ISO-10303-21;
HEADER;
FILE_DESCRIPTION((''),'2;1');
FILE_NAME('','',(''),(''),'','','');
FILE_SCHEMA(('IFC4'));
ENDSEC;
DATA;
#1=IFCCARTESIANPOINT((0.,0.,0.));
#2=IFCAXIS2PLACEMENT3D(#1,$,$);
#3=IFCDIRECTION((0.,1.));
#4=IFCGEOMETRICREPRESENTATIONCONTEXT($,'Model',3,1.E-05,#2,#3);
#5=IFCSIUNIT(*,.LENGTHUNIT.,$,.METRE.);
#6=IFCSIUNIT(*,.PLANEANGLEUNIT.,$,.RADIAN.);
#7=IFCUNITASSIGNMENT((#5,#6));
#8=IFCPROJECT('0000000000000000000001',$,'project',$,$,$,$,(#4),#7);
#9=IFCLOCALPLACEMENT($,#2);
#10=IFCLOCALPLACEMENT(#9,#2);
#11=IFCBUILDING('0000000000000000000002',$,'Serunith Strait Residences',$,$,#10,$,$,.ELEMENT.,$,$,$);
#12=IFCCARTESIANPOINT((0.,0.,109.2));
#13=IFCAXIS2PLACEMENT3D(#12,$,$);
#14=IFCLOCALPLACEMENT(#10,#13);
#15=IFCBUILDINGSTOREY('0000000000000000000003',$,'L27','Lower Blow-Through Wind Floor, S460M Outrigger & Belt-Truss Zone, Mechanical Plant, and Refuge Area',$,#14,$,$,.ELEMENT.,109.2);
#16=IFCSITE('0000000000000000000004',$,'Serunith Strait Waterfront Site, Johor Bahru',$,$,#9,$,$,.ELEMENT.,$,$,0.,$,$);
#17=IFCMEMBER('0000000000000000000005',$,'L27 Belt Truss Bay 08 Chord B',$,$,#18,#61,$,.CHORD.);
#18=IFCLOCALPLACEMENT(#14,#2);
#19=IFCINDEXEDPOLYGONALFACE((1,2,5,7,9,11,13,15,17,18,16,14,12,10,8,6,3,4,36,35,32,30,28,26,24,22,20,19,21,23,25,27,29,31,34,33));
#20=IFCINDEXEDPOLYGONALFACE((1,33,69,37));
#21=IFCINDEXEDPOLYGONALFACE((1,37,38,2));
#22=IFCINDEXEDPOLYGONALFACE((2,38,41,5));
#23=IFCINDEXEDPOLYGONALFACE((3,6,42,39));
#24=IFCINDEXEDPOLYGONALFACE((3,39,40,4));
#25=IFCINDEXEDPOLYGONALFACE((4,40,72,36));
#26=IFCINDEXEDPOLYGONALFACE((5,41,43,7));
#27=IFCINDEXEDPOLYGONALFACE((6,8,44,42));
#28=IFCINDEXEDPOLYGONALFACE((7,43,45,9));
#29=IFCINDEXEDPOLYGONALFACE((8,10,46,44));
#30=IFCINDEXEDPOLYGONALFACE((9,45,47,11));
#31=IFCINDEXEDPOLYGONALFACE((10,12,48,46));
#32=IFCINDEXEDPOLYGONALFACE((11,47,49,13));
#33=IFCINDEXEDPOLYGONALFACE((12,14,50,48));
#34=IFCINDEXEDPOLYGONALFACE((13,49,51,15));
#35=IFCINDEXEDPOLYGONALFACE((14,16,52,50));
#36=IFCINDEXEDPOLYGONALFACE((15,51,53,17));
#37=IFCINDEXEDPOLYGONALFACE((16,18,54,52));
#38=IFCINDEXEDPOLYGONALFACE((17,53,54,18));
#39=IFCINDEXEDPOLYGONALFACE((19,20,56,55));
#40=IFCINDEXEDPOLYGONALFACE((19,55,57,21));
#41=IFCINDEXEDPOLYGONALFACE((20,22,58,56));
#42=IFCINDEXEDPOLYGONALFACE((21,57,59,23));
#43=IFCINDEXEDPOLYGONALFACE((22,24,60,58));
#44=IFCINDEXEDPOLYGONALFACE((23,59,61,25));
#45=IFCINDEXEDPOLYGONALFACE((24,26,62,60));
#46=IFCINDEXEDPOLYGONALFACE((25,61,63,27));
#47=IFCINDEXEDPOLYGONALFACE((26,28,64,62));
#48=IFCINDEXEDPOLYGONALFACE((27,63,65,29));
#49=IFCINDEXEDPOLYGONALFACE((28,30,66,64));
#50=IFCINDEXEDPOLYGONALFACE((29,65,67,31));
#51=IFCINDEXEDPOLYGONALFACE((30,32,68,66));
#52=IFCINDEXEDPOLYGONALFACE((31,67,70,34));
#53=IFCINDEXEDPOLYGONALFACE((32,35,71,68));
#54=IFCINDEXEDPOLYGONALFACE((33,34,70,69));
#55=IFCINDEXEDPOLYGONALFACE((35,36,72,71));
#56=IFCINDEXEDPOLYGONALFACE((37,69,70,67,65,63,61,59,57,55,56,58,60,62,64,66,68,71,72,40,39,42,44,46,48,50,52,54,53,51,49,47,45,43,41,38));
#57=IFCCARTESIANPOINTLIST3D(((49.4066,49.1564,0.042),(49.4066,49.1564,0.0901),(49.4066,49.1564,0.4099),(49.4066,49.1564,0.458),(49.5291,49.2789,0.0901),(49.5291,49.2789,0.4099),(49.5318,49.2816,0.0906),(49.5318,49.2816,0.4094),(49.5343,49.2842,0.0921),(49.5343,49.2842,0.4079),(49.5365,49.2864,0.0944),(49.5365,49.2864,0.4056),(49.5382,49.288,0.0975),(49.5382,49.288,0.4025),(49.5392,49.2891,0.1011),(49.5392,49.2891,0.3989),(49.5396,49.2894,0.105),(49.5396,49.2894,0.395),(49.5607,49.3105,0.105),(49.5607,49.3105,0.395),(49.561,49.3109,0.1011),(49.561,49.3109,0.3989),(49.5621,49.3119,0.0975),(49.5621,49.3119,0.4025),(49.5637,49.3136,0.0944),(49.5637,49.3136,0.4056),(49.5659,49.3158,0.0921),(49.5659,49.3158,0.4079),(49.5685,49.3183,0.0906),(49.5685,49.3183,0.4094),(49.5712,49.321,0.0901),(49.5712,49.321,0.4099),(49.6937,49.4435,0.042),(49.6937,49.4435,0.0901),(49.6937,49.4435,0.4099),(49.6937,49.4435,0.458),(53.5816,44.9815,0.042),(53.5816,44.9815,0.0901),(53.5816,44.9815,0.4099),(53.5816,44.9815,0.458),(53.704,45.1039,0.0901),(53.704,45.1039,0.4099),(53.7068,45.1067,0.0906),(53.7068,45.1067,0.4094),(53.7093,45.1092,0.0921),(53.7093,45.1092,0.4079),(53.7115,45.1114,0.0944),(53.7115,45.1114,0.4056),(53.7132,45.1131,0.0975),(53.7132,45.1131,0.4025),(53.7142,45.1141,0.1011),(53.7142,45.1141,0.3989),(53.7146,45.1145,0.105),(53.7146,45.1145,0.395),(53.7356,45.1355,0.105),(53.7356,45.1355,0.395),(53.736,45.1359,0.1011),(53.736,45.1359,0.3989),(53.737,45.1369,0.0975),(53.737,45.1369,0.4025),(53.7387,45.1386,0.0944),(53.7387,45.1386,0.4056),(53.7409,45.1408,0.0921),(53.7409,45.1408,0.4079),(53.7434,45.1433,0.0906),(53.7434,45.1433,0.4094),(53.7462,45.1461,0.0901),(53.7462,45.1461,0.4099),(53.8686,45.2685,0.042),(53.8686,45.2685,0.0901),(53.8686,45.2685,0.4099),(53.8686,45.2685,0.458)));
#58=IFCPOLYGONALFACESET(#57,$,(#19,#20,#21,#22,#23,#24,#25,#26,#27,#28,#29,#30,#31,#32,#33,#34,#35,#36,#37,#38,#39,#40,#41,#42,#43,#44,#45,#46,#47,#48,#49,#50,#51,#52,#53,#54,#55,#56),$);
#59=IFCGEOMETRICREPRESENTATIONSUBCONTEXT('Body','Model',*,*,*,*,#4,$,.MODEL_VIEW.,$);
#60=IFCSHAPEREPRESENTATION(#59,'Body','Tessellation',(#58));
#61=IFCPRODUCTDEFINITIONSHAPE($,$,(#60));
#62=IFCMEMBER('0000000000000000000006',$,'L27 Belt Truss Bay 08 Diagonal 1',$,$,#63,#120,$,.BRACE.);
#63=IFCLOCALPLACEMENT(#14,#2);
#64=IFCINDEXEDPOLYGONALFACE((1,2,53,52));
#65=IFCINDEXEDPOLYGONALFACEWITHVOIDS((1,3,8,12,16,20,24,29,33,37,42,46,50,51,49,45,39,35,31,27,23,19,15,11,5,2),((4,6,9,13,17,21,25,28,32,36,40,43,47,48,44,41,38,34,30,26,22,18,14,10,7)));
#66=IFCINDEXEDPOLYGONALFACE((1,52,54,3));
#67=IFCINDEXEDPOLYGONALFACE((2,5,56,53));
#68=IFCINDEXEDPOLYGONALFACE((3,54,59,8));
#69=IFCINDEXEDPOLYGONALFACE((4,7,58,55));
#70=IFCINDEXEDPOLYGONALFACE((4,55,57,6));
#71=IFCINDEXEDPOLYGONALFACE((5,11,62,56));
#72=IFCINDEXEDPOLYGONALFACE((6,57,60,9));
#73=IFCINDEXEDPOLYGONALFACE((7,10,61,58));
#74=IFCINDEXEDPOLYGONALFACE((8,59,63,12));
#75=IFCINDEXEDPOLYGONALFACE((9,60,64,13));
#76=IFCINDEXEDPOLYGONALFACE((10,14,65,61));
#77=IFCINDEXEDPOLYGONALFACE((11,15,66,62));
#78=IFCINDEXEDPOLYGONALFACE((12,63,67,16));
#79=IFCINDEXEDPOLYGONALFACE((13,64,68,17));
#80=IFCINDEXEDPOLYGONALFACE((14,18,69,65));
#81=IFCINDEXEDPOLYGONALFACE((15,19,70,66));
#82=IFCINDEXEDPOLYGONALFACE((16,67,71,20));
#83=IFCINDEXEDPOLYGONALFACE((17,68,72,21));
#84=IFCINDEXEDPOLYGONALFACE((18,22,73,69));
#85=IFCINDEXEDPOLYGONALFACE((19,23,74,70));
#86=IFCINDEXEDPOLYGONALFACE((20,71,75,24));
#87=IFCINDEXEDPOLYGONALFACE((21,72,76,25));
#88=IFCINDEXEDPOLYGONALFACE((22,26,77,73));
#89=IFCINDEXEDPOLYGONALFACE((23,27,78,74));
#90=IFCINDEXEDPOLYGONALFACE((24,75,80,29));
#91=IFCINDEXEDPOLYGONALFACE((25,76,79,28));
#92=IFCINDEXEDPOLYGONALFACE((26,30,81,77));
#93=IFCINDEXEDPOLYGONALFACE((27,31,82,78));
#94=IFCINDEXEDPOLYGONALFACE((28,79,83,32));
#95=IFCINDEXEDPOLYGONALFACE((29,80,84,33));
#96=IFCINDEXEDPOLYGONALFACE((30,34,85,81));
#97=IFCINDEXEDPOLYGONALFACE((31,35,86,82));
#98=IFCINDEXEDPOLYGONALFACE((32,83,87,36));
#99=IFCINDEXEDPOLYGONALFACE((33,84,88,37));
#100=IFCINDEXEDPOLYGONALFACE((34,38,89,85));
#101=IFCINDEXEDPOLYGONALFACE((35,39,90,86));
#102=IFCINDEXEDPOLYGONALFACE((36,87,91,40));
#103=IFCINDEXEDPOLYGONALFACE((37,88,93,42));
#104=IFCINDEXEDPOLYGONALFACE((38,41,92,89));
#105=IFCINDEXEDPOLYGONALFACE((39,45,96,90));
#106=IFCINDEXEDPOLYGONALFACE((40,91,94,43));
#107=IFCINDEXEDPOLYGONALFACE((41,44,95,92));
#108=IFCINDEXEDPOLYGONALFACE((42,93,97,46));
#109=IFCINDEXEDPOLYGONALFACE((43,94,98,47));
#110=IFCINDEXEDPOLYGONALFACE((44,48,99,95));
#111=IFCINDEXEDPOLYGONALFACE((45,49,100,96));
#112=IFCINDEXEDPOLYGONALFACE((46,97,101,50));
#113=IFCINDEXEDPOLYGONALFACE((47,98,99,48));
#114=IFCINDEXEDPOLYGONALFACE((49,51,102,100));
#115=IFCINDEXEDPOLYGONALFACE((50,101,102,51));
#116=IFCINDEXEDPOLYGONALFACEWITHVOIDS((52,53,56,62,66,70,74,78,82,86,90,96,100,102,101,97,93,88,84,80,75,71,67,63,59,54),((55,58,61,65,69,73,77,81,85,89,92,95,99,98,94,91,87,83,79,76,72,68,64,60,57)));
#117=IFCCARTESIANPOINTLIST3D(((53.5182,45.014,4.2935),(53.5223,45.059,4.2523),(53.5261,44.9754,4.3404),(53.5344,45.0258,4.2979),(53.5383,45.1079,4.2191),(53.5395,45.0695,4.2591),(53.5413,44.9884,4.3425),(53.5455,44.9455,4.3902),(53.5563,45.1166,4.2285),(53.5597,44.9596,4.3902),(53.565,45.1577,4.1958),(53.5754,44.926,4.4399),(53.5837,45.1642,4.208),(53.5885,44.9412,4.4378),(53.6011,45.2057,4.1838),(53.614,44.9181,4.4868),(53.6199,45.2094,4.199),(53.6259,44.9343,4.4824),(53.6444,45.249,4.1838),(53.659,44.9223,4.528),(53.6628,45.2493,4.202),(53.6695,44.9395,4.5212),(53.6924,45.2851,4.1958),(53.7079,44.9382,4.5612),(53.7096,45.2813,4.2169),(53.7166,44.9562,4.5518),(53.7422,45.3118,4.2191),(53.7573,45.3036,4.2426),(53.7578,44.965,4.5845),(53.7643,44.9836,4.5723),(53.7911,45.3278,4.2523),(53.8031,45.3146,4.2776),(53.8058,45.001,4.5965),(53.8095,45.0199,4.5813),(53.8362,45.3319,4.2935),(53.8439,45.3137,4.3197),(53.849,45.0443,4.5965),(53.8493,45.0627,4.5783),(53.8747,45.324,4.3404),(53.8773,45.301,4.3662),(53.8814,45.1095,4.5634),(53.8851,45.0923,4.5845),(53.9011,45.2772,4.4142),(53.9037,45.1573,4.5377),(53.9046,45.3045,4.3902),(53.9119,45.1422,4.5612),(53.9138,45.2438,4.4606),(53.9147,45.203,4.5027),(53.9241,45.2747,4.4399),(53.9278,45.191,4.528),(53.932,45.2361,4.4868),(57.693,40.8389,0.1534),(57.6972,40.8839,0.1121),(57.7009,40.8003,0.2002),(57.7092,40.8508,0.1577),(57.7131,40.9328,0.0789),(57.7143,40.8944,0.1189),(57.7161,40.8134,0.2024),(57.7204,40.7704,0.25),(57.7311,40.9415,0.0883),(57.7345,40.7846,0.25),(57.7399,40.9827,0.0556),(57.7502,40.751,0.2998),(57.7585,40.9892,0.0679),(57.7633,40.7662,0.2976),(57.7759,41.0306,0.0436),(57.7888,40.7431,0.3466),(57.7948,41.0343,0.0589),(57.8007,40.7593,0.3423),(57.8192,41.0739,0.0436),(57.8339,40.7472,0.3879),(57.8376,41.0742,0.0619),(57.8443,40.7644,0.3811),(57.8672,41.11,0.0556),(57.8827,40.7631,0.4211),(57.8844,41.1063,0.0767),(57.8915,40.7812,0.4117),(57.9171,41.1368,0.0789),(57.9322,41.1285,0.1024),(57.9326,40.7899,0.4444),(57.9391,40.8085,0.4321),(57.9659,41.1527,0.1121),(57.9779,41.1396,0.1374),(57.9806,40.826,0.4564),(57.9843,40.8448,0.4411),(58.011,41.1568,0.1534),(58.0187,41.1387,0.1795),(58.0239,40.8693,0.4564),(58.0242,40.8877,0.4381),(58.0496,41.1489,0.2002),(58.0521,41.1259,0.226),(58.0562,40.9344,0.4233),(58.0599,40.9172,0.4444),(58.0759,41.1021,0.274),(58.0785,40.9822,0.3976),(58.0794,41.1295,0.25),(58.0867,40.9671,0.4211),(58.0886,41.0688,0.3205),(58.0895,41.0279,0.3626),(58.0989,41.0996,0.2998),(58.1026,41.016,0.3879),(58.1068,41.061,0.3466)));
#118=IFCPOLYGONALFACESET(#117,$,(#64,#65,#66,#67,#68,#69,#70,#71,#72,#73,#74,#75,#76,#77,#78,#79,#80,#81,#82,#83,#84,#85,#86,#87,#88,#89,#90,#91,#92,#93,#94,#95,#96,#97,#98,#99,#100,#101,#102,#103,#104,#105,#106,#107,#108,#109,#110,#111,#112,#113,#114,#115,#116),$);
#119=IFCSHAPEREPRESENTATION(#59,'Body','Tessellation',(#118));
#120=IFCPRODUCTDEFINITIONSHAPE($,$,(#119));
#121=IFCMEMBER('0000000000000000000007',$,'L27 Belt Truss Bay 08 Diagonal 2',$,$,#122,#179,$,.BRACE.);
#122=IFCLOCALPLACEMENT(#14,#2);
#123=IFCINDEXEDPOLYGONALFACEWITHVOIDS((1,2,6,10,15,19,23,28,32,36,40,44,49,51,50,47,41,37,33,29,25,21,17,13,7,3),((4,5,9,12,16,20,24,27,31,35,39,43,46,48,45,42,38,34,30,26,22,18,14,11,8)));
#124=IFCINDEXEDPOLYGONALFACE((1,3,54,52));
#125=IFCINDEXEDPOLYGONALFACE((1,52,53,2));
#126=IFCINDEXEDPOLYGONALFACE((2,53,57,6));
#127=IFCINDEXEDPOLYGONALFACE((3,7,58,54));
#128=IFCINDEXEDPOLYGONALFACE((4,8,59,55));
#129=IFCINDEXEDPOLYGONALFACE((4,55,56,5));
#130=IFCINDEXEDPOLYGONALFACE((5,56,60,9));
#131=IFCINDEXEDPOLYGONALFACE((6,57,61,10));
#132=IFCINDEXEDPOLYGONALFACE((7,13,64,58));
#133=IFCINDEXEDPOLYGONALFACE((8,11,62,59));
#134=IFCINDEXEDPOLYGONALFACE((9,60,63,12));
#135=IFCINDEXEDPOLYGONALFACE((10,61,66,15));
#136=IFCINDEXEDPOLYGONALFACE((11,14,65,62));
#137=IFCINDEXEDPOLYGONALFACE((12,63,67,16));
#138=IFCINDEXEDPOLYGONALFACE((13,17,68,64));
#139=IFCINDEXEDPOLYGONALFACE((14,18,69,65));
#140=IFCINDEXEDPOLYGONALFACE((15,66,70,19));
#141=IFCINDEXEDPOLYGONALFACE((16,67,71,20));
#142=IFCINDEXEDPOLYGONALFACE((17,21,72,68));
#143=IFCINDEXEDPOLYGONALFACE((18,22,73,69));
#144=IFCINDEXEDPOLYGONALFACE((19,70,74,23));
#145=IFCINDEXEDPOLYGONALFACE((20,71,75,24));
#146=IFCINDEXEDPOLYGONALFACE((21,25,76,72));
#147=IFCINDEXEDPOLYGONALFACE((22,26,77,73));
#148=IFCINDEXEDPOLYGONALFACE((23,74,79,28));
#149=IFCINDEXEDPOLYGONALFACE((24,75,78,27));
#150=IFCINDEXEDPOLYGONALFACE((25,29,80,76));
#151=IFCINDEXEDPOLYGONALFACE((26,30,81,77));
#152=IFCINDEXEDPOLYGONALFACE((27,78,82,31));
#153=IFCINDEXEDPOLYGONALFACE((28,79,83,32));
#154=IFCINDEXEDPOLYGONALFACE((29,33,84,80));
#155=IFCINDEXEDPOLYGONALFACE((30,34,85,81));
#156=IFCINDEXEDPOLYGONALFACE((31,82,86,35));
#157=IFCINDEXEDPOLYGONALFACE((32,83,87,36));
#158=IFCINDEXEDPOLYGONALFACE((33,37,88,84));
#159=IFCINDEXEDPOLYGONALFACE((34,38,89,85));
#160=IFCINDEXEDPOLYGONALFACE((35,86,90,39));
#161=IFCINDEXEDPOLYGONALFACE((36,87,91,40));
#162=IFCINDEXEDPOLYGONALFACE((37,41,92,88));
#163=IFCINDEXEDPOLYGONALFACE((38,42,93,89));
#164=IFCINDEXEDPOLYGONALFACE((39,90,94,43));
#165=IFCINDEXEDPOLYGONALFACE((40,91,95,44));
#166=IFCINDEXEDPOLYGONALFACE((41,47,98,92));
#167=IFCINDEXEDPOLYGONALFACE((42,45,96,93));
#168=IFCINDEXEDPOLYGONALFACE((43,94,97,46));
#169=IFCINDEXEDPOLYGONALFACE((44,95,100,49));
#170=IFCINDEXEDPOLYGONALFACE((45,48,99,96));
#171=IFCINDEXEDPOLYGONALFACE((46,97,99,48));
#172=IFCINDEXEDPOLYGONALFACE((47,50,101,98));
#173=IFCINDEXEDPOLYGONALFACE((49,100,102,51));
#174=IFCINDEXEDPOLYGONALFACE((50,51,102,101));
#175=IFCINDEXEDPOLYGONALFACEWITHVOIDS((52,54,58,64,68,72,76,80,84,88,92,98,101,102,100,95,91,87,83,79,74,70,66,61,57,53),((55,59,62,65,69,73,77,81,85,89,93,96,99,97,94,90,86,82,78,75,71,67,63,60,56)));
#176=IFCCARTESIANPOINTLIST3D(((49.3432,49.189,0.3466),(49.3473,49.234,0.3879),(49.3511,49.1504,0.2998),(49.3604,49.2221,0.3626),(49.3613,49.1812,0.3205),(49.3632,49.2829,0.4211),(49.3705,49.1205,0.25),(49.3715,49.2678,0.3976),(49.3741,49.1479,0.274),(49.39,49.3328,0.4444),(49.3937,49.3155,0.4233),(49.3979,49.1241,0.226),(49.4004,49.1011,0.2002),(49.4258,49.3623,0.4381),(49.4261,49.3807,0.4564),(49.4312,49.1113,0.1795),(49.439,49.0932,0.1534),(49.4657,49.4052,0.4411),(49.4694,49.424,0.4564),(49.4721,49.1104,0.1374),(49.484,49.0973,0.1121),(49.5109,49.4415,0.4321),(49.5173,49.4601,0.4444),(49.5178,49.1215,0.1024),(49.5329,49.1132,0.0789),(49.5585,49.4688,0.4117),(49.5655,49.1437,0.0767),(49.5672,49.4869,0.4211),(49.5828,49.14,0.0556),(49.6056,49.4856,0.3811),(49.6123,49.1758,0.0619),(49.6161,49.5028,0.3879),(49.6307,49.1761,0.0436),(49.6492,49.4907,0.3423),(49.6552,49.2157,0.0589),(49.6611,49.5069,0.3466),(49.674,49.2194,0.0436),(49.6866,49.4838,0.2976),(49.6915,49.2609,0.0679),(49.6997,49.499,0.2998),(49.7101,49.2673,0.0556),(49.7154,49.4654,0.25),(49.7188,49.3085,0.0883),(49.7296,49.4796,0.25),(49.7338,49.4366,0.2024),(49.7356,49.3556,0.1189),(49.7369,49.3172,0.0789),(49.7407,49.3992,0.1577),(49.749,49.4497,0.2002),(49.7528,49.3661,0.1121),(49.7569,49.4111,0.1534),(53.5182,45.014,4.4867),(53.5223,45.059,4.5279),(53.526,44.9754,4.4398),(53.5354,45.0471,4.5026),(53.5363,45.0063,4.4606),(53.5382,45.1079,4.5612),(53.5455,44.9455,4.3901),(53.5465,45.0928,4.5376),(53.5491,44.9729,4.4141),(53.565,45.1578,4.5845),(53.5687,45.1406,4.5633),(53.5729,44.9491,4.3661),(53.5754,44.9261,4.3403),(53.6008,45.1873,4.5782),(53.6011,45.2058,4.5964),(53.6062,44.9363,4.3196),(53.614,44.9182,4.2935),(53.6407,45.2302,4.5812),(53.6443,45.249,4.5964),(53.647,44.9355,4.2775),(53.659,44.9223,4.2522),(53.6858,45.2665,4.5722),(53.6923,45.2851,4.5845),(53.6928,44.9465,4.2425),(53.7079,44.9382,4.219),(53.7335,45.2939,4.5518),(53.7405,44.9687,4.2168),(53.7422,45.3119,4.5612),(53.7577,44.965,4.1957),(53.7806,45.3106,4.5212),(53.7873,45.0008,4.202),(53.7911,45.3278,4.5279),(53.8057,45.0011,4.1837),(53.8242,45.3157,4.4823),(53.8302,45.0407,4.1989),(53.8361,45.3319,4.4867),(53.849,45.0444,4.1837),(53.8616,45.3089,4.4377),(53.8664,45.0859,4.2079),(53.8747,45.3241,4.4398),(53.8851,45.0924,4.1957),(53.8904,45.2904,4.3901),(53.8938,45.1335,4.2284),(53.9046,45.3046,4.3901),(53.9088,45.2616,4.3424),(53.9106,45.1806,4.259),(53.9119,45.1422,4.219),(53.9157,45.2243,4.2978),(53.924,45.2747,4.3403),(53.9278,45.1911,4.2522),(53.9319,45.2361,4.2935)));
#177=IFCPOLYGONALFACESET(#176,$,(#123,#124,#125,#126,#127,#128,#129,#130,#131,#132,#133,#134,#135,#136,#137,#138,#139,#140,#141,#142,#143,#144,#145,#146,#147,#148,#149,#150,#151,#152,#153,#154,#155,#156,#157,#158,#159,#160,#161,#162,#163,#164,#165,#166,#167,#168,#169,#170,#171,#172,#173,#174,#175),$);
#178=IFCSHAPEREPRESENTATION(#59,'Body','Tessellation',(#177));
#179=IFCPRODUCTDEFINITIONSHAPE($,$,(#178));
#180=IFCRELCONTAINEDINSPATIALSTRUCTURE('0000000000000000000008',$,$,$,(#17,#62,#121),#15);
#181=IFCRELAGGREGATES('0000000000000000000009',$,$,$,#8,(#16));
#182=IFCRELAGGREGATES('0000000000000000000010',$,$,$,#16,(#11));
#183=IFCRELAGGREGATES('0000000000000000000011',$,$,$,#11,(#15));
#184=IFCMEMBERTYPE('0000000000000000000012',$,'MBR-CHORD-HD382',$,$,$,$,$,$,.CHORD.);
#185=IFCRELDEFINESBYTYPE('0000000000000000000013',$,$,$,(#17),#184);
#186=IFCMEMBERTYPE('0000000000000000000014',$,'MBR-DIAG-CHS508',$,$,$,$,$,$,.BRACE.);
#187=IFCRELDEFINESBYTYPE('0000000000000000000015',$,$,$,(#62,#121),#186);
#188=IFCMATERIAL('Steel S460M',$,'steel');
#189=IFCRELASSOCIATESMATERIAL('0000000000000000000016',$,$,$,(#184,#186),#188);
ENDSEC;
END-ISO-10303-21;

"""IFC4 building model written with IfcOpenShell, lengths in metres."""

from ifc_helpers import new_model, si_unit, direction, frame, origin, origin_2d, place, context, subcontext, project, spatial, hollow_circle, i_section, extrude, source, transform, mapped, material, material_profile, profile_set, type_object, element, save


model = new_model("IFC4")

# Units and contexts
model_context = context("Model", 3, precision=1e-05, world=origin(), true_north=direction((0.0, 1.0)))
body_context = subcontext(model_context, "Body", "Model", "MODEL_VIEW")
ifc_project = project(units=[si_unit("LENGTHUNIT", "METRE"), si_unit("PLANEANGLEUNIT", "RADIAN")], contexts=[model_context])

# Site, building, storey
site_placement = place(None, origin())
site = spatial("IfcSite", under=ifc_project, at=site_placement, Name="Serunith Strait Waterfront Site, Johor Bahru", CompositionType="ELEMENT", RefElevation=0.0)
building_placement = place(site_placement, origin())
building = spatial("IfcBuilding", under=site, at=building_placement, Name="Serunith Strait Residences", CompositionType="ELEMENT")
storey_placement = place(building_placement, frame((0.0, 0.0, 109.2)))
storey = spatial("IfcBuildingStorey", under=building, at=storey_placement, Name="L27", Description="Lower Blow-Through Wind Floor, S460M Outrigger & Belt-Truss Zone, Mechanical Plant, and Refuge Area", CompositionType="ELEMENT", Elevation=109.2)

# Members
ifc_material_1 = material(Name="Steel S460M", Category="steel")
ifc_material_profile_1 = material_profile(ifc_material_1, i_section(OverallWidth=0.406, OverallDepth=0.416, WebThickness=0.0298, FlangeThickness=0.0481, FilletRadius=0.0149, at=origin_2d()), Name="HD 400x382")
ifc_profile_set_1 = profile_set([ifc_material_profile_1], Name="Steel S460M")
member_type_1 = type_object("IfcMemberType", Name="MBR-CHORD-HD382", PredefinedType="CHORD", material=ifc_profile_set_1)
ifc_material_profile_2 = material_profile(ifc_material_1, hollow_circle(Radius=0.2539, WallThickness=0.02, at=origin_2d()), Name="CHS 508x20")
ifc_profile_set_2 = profile_set([ifc_material_profile_2], Name="Steel S460M")
member_type_2 = type_object("IfcMemberType", Name="MBR-DIAG-CHS508", PredefinedType="BRACE", material=ifc_profile_set_2)
shared_shape_1 = source(origin(), body_context, "Body", "SweptSolid", [
    extrude(i_section(OverallWidth=0.406, OverallDepth=0.416, WebThickness=0.0298, FlangeThickness=0.0481, FilletRadius=0.0149, at=origin_2d()), origin(), (0.0, 0.0, 1.0), 5.9043),
])
for number, where, z_axis, x_axis, name in (
    (1, (53.7251, 45.125, 0.25), (-0.707107, 0.707107, 0.0), (-0.707107, -0.707107, 0.0), "L27 Belt Truss Bay 08 Chord B"),
):
    element("IfcMember", number, at=place(storey_placement, frame(where, z_axis=z_axis, x_axis=x_axis)), inside=storey, type_object=member_type_1, Name=name, PredefinedType="CHORD", context=body_context, shape_type="MappedRepresentation", body=[
        mapped(shared_shape_1, transform((0.0, 0.0, 0.0), scale=1.0)),
    ])
shared_shape_2 = source(origin(), body_context, "Body", "SweptSolid", [
    extrude(hollow_circle(Radius=0.2539, WallThickness=0.02, at=origin_2d()), origin(), (0.0, 0.0, 1.0), 7.2112),
])
for number, where, z_axis, x_axis, name in (
    (2, (57.8999, 40.95, 0.25), (-0.578937, 0.578971, 0.574129), (-0.707127, -0.707086, 0.0), "L27 Belt Truss Bay 08 Diagonal 1"),
    (3, (49.55, 49.3, 0.25), (0.57896, -0.57896, 0.574118), (0.707107, 0.707107, 0.0), "L27 Belt Truss Bay 08 Diagonal 2"),
):
    element("IfcMember", number, at=place(storey_placement, frame(where, z_axis=z_axis, x_axis=x_axis)), inside=storey, type_object=member_type_2, Name=name, PredefinedType="BRACE", context=body_context, shape_type="MappedRepresentation", body=[
        mapped(shared_shape_2, transform((0.0, 0.0, 0.0), scale=1.0)),
    ])

save(model, "model.ifc")
